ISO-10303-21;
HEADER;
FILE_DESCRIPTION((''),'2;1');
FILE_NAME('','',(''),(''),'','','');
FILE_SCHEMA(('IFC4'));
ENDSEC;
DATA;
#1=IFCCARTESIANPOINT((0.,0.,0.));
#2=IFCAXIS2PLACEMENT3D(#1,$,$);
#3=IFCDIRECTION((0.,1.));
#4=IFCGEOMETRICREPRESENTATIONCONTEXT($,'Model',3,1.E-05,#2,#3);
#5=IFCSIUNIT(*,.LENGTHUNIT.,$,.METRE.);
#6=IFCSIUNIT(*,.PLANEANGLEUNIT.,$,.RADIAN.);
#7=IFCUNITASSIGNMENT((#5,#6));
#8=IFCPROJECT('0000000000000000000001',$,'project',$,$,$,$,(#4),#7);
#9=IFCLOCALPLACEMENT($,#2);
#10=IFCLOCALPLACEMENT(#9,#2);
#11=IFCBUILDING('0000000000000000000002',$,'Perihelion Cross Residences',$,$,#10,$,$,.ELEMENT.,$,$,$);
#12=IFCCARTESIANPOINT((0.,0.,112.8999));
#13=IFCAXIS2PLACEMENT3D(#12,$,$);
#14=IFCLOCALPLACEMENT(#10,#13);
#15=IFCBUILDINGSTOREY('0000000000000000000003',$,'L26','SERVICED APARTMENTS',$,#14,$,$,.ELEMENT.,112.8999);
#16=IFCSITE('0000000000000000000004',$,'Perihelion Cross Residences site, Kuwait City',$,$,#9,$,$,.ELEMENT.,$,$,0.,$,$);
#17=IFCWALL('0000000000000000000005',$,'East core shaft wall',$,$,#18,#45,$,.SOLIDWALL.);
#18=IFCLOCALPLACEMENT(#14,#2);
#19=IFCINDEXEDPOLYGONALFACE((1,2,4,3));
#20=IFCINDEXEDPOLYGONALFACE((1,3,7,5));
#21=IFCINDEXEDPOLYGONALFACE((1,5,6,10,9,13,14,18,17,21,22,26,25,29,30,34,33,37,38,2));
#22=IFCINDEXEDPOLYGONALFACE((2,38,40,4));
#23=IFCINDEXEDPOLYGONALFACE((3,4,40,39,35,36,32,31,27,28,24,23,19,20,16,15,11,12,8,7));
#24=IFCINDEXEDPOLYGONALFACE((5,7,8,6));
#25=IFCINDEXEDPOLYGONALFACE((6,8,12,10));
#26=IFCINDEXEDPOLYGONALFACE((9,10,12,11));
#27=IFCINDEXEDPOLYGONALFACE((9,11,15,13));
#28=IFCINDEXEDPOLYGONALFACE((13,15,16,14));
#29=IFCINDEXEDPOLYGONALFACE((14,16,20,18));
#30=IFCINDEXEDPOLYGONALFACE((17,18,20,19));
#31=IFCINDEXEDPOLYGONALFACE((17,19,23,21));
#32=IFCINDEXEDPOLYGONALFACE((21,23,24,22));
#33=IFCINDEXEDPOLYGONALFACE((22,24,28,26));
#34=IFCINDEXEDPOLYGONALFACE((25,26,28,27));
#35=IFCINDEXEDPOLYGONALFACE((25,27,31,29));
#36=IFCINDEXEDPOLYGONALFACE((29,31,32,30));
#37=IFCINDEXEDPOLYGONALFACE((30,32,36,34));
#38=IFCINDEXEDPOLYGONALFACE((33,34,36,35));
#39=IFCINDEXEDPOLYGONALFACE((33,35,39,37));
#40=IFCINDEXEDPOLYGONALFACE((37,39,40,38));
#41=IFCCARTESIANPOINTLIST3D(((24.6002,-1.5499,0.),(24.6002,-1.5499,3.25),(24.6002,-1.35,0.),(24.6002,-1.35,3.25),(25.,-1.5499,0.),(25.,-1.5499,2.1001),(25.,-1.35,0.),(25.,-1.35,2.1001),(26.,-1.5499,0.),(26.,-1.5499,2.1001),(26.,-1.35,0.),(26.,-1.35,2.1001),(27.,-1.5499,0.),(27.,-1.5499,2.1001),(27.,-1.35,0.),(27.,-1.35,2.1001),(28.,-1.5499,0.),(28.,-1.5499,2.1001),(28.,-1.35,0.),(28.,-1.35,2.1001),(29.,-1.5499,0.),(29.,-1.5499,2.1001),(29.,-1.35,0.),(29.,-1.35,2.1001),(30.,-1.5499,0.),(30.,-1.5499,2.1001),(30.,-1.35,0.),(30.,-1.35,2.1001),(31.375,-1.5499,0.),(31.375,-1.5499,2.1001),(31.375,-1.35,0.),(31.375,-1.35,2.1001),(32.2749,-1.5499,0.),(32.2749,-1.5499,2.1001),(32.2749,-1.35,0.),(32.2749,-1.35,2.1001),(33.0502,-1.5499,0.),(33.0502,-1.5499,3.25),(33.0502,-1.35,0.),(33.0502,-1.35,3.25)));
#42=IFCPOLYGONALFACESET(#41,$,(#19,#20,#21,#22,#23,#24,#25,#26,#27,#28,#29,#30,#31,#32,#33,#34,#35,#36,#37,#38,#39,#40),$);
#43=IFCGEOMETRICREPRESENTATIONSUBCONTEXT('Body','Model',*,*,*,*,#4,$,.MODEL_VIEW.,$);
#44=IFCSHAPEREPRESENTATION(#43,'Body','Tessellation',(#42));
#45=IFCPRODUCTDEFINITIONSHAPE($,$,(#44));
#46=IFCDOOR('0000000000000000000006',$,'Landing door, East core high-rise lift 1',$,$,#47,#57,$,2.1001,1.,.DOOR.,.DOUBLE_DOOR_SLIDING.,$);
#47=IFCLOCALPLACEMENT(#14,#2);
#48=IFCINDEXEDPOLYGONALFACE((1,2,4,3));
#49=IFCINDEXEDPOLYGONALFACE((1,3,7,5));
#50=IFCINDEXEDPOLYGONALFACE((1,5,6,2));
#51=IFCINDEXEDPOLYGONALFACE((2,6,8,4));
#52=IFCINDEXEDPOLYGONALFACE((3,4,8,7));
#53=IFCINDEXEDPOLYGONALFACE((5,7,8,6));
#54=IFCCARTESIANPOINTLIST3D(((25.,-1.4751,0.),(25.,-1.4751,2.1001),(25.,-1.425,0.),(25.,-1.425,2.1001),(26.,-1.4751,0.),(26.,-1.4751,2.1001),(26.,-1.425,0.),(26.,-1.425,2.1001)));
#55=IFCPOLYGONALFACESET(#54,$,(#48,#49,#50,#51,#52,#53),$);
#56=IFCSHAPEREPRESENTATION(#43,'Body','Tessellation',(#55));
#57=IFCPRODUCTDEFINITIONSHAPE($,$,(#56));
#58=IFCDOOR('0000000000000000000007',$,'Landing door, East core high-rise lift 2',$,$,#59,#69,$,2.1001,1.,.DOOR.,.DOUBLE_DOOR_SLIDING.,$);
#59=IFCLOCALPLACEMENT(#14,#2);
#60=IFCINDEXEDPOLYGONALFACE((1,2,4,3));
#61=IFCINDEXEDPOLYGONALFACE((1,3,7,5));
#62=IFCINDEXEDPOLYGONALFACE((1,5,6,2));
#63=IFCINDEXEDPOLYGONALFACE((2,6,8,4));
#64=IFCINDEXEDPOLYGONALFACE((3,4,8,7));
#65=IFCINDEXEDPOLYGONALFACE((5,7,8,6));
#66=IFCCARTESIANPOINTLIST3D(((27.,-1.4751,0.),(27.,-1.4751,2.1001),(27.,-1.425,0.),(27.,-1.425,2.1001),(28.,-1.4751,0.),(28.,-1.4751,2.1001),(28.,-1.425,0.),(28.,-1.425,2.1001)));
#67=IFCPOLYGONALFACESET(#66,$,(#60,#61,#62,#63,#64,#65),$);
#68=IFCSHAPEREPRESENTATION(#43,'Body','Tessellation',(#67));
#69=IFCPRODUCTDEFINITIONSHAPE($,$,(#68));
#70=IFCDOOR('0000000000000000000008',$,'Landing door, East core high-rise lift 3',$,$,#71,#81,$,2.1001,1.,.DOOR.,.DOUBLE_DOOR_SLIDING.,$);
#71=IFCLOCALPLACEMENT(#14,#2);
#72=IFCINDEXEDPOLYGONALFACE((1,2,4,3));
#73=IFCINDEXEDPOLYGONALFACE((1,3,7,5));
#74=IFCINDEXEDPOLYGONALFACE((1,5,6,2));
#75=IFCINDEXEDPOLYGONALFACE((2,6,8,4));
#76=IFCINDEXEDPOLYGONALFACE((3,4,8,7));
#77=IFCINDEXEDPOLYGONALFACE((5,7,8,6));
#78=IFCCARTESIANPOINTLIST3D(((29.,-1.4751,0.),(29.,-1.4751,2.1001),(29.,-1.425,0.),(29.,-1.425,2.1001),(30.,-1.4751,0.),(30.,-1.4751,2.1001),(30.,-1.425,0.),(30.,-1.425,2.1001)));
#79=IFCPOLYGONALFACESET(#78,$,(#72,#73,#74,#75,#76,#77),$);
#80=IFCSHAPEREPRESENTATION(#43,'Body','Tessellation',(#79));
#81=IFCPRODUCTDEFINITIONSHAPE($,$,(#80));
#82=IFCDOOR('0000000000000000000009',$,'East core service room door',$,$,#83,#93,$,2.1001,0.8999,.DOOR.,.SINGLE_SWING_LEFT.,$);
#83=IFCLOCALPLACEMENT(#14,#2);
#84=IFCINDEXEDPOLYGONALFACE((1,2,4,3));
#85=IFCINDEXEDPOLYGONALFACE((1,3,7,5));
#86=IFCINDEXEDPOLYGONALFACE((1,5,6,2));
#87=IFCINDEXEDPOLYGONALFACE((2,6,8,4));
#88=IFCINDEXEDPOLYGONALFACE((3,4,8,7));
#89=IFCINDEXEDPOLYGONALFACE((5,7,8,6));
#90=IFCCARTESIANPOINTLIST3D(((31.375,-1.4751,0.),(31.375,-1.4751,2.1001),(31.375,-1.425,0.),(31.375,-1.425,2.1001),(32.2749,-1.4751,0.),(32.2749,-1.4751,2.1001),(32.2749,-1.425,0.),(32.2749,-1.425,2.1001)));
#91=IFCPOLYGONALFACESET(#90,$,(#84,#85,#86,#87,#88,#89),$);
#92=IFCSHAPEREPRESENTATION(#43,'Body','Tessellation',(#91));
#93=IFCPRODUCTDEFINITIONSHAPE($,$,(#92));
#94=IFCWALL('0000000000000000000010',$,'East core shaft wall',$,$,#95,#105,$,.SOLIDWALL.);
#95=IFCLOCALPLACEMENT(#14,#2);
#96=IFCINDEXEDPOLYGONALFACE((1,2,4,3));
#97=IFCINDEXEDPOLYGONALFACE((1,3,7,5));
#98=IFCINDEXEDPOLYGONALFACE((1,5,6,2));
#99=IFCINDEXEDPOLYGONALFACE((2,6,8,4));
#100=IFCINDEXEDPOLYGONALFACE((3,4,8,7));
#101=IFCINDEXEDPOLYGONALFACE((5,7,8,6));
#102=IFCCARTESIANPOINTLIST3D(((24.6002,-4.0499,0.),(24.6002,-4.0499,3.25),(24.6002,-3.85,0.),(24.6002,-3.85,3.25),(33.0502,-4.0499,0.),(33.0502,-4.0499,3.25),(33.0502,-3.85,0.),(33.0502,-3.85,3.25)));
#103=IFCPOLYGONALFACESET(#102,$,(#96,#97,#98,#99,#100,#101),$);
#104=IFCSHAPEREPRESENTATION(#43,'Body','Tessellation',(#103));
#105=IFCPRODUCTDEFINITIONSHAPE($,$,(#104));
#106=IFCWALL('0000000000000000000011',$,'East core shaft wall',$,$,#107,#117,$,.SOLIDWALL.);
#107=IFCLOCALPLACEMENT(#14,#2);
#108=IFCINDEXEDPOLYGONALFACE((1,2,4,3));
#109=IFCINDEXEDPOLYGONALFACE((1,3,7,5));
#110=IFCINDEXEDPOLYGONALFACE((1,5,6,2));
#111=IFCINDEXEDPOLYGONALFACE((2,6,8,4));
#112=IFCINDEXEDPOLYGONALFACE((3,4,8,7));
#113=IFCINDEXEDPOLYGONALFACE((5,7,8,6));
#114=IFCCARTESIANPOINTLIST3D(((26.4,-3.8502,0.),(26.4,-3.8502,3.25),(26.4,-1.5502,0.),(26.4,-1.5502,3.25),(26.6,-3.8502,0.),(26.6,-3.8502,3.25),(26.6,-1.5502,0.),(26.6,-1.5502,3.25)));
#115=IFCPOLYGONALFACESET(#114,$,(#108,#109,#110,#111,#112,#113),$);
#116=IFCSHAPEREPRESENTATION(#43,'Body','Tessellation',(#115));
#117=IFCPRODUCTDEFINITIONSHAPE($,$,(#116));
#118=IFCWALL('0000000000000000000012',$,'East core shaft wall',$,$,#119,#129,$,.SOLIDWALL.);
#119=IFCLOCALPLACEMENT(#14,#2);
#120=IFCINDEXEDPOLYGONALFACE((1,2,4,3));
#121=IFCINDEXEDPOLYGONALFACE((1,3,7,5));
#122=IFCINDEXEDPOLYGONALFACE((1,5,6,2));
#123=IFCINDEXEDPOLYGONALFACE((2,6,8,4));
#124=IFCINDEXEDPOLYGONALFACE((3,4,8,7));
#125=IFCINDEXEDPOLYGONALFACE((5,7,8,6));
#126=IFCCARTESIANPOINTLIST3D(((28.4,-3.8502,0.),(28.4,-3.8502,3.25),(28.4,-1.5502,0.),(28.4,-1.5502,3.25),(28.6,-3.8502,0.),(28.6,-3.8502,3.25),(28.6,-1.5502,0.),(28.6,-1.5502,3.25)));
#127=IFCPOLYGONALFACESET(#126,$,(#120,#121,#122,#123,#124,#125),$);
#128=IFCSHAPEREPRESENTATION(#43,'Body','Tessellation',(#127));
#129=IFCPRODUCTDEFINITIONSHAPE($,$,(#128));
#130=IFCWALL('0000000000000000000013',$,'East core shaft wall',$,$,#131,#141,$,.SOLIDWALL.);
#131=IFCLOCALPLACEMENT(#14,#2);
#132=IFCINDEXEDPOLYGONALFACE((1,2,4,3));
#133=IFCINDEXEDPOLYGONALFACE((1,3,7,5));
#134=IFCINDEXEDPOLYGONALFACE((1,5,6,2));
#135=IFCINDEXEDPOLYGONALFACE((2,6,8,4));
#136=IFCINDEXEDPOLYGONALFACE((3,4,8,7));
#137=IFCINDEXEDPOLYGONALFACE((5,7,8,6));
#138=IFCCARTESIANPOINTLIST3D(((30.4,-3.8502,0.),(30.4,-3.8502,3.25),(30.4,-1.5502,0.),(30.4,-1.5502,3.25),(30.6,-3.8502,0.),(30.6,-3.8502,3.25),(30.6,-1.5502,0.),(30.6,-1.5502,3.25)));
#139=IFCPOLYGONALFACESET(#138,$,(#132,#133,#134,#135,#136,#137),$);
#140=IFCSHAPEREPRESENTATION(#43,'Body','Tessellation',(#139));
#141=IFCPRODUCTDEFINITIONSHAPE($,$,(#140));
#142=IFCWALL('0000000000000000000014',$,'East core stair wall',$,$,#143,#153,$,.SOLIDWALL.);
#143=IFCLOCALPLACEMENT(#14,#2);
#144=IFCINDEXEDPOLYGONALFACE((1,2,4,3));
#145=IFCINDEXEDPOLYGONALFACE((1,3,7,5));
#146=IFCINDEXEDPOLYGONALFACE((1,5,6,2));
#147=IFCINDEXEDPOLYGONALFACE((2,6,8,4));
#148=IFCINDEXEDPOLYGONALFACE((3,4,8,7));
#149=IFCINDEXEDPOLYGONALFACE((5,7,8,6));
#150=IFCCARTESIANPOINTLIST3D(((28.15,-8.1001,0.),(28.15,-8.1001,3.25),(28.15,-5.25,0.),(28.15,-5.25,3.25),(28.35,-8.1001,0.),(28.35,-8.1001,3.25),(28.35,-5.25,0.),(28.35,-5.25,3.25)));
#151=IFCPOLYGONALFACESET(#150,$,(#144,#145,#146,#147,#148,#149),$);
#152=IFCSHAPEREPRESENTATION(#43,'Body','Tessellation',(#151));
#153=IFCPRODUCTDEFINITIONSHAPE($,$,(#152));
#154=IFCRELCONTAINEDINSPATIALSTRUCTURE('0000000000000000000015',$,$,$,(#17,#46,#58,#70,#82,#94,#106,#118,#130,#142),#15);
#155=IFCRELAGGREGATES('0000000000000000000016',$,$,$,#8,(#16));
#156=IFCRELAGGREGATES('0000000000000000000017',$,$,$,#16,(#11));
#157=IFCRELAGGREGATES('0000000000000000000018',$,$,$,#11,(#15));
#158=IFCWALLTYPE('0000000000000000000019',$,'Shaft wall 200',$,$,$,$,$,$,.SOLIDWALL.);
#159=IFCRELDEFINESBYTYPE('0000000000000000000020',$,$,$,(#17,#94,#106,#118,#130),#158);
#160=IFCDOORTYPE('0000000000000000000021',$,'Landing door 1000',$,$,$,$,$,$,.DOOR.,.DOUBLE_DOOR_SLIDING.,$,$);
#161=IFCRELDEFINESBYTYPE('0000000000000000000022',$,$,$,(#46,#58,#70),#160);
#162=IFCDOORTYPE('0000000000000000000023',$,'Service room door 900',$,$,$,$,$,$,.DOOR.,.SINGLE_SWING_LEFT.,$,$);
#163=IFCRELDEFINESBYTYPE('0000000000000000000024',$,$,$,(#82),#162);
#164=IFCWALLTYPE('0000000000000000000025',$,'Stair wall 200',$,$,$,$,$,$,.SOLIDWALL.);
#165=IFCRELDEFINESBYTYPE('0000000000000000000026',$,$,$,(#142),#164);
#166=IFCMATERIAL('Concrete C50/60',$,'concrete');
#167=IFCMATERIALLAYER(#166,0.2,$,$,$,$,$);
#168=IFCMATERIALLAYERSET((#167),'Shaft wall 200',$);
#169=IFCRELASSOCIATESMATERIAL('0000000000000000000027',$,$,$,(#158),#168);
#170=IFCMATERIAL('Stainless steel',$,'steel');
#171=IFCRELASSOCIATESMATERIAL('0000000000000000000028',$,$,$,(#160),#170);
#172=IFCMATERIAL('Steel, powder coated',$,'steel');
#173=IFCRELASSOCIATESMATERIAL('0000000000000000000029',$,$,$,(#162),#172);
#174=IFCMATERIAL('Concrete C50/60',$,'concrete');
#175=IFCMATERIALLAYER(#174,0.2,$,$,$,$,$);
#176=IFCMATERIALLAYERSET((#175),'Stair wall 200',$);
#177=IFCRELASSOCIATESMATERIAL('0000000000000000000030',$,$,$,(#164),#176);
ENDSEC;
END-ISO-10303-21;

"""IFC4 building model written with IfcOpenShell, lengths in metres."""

from ifc_helpers import new_model, si_unit, direction, frame, frame_2d, origin, place, context, subcontext, project, spatial, rectangle, extrude, material, layer, layer_set, type_object, element, fill, save


model = new_model("IFC4")

# Units and contexts
model_context = context("Model", 3, precision=1e-05, world=origin(), true_north=direction((0.0, 1.0)))
body_context = subcontext(model_context, "Body", "Model", "MODEL_VIEW")
ifc_project = project(units=[si_unit("LENGTHUNIT", "METRE"), si_unit("PLANEANGLEUNIT", "RADIAN")], contexts=[model_context])

# Site, building, storey
site_placement = place(None, origin())
site = spatial("IfcSite", under=ifc_project, at=site_placement, Name="Perihelion Cross Residences site, Kuwait City", CompositionType="ELEMENT", RefElevation=0.0)
building_placement = place(site_placement, origin())
building = spatial("IfcBuilding", under=site, at=building_placement, Name="Perihelion Cross Residences", CompositionType="ELEMENT")
storey_placement = place(building_placement, frame((0.0, 0.0, 112.8999)))
storey = spatial("IfcBuildingStorey", under=building, at=storey_placement, Name="L26", Description="SERVICED APARTMENTS", CompositionType="ELEMENT", Elevation=112.8999)

# Wall, openings, doors
ifc_material_1 = material(Name="Concrete C50/60", Category="concrete")
ifc_layer_1 = layer(ifc_material_1, 0.2)
ifc_layer_set_1 = layer_set([ifc_layer_1], Name="Shaft wall 200")
wall_type_1 = type_object("IfcWallType", Name="Shaft wall 200", PredefinedType="SOLIDWALL", material=ifc_layer_set_1)
wall_1_placement = place(storey_placement, frame((24.6001, -1.45, 0.0), z_axis=(0.0, 0.0, 1.0), x_axis=(1.0, 0.0, 0.0)))
wall_1 = element("IfcWall", 1, at=wall_1_placement, inside=storey, type_object=wall_type_1, Name="East core shaft wall", PredefinedType="SOLIDWALL", context=body_context, shape_type="SweptSolid", body=[
    extrude(rectangle(XDim=8.45, YDim=0.2, at=frame_2d((4.2251, 0.0))), origin(), (0.0, 0.0, 1.0), 3.25),
])
opening_1_placement = place(wall_1_placement, frame((0.3999, 0.0, 0.0)))
opening_1 = element("IfcOpeningElement", 2, at=opening_1_placement, cuts=wall_1, PredefinedType="OPENING", context=body_context, shape_type="SweptSolid", body=[
    extrude(rectangle(XDim=1.0, YDim=2.1001, at=frame_2d((0.5, 1.05))), frame((0.0, 0.1099, 0.0), z_axis=(0.0, -1.0, 0.0), x_axis=(1.0, 0.0, 0.0)), (0.0, 0.0, 1.0), 0.22),
])
opening_2_placement = place(wall_1_placement, frame((2.3999, 0.0, 0.0)))
opening_2 = element("IfcOpeningElement", 3, at=opening_2_placement, cuts=wall_1, PredefinedType="OPENING", context=body_context, shape_type="SweptSolid", body=[
    extrude(rectangle(XDim=1.0, YDim=2.1001, at=frame_2d((0.5, 1.05))), frame((0.0, 0.1099, 0.0), z_axis=(0.0, -1.0, 0.0), x_axis=(1.0, 0.0, 0.0)), (0.0, 0.0, 1.0), 0.22),
])
opening_3_placement = place(wall_1_placement, frame((4.3999, 0.0, 0.0)))
opening_3 = element("IfcOpeningElement", 4, at=opening_3_placement, cuts=wall_1, PredefinedType="OPENING", context=body_context, shape_type="SweptSolid", body=[
    extrude(rectangle(XDim=1.0, YDim=2.1001, at=frame_2d((0.5, 1.05))), frame((0.0, 0.1099, 0.0), z_axis=(0.0, -1.0, 0.0), x_axis=(1.0, 0.0, 0.0)), (0.0, 0.0, 1.0), 0.22),
])
opening_4_placement = place(wall_1_placement, frame((6.7749, 0.0, 0.0)))
opening_4 = element("IfcOpeningElement", 5, at=opening_4_placement, cuts=wall_1, PredefinedType="OPENING", context=body_context, shape_type="SweptSolid", body=[
    extrude(rectangle(XDim=0.8999, YDim=2.1001, at=frame_2d((0.45, 1.05))), frame((0.0, 0.1099, 0.0), z_axis=(0.0, -1.0, 0.0), x_axis=(1.0, 0.0, 0.0)), (0.0, 0.0, 1.0), 0.22),
])
ifc_material_2 = material(Name="Stainless steel", Category="steel")
door_type_1 = type_object("IfcDoorType", Name="Landing door 1000", OperationType="DOUBLE_DOOR_SLIDING", PredefinedType="DOOR", material=ifc_material_2)
door_1_placement = place(opening_1_placement, origin())
door_1 = element("IfcDoor", 6, at=door_1_placement, inside=storey, type_object=door_type_1, Name="Landing door, East core high-rise lift 1", OperationType="DOUBLE_DOOR_SLIDING", OverallHeight=2.1001, OverallWidth=1.0, PredefinedType="DOOR", context=body_context, shape_type="SweptSolid", body=[
    extrude(rectangle(XDim=1.0, YDim=2.1001, at=frame_2d((0.5, 1.05))), frame((0.0, 0.0249, 0.0), z_axis=(0.0, -1.0, 0.0), x_axis=(1.0, 0.0, 0.0)), (0.0, 0.0, 1.0), 0.05),
])
fill(opening_1, door_1)
door_2_placement = place(opening_2_placement, origin())
door_2 = element("IfcDoor", 7, at=door_2_placement, inside=storey, type_object=door_type_1, Name="Landing door, East core high-rise lift 2", OperationType="DOUBLE_DOOR_SLIDING", OverallHeight=2.1001, OverallWidth=1.0, PredefinedType="DOOR", context=body_context, shape_type="SweptSolid", body=[
    extrude(rectangle(XDim=1.0, YDim=2.1001, at=frame_2d((0.5, 1.05))), frame((0.0, 0.0249, 0.0), z_axis=(0.0, -1.0, 0.0), x_axis=(1.0, 0.0, 0.0)), (0.0, 0.0, 1.0), 0.05),
])
fill(opening_2, door_2)
door_3_placement = place(opening_3_placement, origin())
door_3 = element("IfcDoor", 8, at=door_3_placement, inside=storey, type_object=door_type_1, Name="Landing door, East core high-rise lift 3", OperationType="DOUBLE_DOOR_SLIDING", OverallHeight=2.1001, OverallWidth=1.0, PredefinedType="DOOR", context=body_context, shape_type="SweptSolid", body=[
    extrude(rectangle(XDim=1.0, YDim=2.1001, at=frame_2d((0.5, 1.05))), frame((0.0, 0.0249, 0.0), z_axis=(0.0, -1.0, 0.0), x_axis=(1.0, 0.0, 0.0)), (0.0, 0.0, 1.0), 0.05),
])
fill(opening_3, door_3)
ifc_material_3 = material(Name="Steel, powder coated", Category="steel")
door_type_2 = type_object("IfcDoorType", Name="Service room door 900", OperationType="SINGLE_SWING_LEFT", PredefinedType="DOOR", material=ifc_material_3)
door_4_placement = place(opening_4_placement, origin())
door_4 = element("IfcDoor", 9, at=door_4_placement, inside=storey, type_object=door_type_2, Name="East core service room door", OperationType="SINGLE_SWING_LEFT", OverallHeight=2.1001, OverallWidth=0.8999, PredefinedType="DOOR", context=body_context, shape_type="SweptSolid", body=[
    extrude(rectangle(XDim=0.8999, YDim=2.1001, at=frame_2d((0.45, 1.05))), frame((0.0, 0.0249, 0.0), z_axis=(0.0, -1.0, 0.0), x_axis=(1.0, 0.0, 0.0)), (0.0, 0.0, 1.0), 0.05),
])
fill(opening_4, door_4)

# Walls
wall_2_placement = place(storey_placement, frame((24.6001, -3.95, 0.0), z_axis=(0.0, 0.0, 1.0), x_axis=(1.0, 0.0, 0.0)))
element("IfcWall", 10, at=wall_2_placement, inside=storey, type_object=wall_type_1, Name="East core shaft wall", PredefinedType="SOLIDWALL", context=body_context, shape_type="SweptSolid", body=[
    extrude(rectangle(XDim=8.45, YDim=0.2, at=frame_2d((4.2251, 0.0))), origin(), (0.0, 0.0, 1.0), 3.25),
])
for number, where, z_axis, x_axis, name in (
    (11, (26.5, -3.8501, 0.0), (0.0, 0.0, 1.0), (0.0, 1.0, 0.0), "East core shaft wall"),
    (12, (28.5, -3.8501, 0.0), (0.0, 0.0, 1.0), (0.0, 1.0, 0.0), "East core shaft wall"),
    (13, (30.5, -3.8501, 0.0), (0.0, 0.0, 1.0), (0.0, 1.0, 0.0), "East core shaft wall"),
):
    element("IfcWall", number, at=place(storey_placement, frame(where, z_axis=z_axis, x_axis=x_axis)), inside=storey, type_object=wall_type_1, Name=name, PredefinedType="SOLIDWALL", context=body_context, shape_type="SweptSolid", body=[
        extrude(rectangle(XDim=2.3, YDim=0.2, at=frame_2d((1.1499, 0.0))), origin(), (0.0, 0.0, 1.0), 3.25),
    ])
ifc_material_4 = material(Name="Concrete C50/60", Category="concrete")
ifc_layer_2 = layer(ifc_material_4, 0.2)
ifc_layer_set_2 = layer_set([ifc_layer_2], Name="Stair wall 200")
wall_type_2 = type_object("IfcWallType", Name="Stair wall 200", PredefinedType="SOLIDWALL", material=ifc_layer_set_2)
wall_3_placement = place(storey_placement, frame((28.25, -8.1001, 0.0), z_axis=(0.0, 0.0, 1.0), x_axis=(0.0, 1.0, 0.0)))
element("IfcWall", 14, at=wall_3_placement, inside=storey, type_object=wall_type_2, Name="East core stair wall", PredefinedType="SOLIDWALL", context=body_context, shape_type="SweptSolid", body=[
    extrude(rectangle(XDim=2.8501, YDim=0.2, at=frame_2d((1.425, 0.0))), origin(), (0.0, 0.0, 1.0), 3.25),
])

save(model, "model.ifc")
